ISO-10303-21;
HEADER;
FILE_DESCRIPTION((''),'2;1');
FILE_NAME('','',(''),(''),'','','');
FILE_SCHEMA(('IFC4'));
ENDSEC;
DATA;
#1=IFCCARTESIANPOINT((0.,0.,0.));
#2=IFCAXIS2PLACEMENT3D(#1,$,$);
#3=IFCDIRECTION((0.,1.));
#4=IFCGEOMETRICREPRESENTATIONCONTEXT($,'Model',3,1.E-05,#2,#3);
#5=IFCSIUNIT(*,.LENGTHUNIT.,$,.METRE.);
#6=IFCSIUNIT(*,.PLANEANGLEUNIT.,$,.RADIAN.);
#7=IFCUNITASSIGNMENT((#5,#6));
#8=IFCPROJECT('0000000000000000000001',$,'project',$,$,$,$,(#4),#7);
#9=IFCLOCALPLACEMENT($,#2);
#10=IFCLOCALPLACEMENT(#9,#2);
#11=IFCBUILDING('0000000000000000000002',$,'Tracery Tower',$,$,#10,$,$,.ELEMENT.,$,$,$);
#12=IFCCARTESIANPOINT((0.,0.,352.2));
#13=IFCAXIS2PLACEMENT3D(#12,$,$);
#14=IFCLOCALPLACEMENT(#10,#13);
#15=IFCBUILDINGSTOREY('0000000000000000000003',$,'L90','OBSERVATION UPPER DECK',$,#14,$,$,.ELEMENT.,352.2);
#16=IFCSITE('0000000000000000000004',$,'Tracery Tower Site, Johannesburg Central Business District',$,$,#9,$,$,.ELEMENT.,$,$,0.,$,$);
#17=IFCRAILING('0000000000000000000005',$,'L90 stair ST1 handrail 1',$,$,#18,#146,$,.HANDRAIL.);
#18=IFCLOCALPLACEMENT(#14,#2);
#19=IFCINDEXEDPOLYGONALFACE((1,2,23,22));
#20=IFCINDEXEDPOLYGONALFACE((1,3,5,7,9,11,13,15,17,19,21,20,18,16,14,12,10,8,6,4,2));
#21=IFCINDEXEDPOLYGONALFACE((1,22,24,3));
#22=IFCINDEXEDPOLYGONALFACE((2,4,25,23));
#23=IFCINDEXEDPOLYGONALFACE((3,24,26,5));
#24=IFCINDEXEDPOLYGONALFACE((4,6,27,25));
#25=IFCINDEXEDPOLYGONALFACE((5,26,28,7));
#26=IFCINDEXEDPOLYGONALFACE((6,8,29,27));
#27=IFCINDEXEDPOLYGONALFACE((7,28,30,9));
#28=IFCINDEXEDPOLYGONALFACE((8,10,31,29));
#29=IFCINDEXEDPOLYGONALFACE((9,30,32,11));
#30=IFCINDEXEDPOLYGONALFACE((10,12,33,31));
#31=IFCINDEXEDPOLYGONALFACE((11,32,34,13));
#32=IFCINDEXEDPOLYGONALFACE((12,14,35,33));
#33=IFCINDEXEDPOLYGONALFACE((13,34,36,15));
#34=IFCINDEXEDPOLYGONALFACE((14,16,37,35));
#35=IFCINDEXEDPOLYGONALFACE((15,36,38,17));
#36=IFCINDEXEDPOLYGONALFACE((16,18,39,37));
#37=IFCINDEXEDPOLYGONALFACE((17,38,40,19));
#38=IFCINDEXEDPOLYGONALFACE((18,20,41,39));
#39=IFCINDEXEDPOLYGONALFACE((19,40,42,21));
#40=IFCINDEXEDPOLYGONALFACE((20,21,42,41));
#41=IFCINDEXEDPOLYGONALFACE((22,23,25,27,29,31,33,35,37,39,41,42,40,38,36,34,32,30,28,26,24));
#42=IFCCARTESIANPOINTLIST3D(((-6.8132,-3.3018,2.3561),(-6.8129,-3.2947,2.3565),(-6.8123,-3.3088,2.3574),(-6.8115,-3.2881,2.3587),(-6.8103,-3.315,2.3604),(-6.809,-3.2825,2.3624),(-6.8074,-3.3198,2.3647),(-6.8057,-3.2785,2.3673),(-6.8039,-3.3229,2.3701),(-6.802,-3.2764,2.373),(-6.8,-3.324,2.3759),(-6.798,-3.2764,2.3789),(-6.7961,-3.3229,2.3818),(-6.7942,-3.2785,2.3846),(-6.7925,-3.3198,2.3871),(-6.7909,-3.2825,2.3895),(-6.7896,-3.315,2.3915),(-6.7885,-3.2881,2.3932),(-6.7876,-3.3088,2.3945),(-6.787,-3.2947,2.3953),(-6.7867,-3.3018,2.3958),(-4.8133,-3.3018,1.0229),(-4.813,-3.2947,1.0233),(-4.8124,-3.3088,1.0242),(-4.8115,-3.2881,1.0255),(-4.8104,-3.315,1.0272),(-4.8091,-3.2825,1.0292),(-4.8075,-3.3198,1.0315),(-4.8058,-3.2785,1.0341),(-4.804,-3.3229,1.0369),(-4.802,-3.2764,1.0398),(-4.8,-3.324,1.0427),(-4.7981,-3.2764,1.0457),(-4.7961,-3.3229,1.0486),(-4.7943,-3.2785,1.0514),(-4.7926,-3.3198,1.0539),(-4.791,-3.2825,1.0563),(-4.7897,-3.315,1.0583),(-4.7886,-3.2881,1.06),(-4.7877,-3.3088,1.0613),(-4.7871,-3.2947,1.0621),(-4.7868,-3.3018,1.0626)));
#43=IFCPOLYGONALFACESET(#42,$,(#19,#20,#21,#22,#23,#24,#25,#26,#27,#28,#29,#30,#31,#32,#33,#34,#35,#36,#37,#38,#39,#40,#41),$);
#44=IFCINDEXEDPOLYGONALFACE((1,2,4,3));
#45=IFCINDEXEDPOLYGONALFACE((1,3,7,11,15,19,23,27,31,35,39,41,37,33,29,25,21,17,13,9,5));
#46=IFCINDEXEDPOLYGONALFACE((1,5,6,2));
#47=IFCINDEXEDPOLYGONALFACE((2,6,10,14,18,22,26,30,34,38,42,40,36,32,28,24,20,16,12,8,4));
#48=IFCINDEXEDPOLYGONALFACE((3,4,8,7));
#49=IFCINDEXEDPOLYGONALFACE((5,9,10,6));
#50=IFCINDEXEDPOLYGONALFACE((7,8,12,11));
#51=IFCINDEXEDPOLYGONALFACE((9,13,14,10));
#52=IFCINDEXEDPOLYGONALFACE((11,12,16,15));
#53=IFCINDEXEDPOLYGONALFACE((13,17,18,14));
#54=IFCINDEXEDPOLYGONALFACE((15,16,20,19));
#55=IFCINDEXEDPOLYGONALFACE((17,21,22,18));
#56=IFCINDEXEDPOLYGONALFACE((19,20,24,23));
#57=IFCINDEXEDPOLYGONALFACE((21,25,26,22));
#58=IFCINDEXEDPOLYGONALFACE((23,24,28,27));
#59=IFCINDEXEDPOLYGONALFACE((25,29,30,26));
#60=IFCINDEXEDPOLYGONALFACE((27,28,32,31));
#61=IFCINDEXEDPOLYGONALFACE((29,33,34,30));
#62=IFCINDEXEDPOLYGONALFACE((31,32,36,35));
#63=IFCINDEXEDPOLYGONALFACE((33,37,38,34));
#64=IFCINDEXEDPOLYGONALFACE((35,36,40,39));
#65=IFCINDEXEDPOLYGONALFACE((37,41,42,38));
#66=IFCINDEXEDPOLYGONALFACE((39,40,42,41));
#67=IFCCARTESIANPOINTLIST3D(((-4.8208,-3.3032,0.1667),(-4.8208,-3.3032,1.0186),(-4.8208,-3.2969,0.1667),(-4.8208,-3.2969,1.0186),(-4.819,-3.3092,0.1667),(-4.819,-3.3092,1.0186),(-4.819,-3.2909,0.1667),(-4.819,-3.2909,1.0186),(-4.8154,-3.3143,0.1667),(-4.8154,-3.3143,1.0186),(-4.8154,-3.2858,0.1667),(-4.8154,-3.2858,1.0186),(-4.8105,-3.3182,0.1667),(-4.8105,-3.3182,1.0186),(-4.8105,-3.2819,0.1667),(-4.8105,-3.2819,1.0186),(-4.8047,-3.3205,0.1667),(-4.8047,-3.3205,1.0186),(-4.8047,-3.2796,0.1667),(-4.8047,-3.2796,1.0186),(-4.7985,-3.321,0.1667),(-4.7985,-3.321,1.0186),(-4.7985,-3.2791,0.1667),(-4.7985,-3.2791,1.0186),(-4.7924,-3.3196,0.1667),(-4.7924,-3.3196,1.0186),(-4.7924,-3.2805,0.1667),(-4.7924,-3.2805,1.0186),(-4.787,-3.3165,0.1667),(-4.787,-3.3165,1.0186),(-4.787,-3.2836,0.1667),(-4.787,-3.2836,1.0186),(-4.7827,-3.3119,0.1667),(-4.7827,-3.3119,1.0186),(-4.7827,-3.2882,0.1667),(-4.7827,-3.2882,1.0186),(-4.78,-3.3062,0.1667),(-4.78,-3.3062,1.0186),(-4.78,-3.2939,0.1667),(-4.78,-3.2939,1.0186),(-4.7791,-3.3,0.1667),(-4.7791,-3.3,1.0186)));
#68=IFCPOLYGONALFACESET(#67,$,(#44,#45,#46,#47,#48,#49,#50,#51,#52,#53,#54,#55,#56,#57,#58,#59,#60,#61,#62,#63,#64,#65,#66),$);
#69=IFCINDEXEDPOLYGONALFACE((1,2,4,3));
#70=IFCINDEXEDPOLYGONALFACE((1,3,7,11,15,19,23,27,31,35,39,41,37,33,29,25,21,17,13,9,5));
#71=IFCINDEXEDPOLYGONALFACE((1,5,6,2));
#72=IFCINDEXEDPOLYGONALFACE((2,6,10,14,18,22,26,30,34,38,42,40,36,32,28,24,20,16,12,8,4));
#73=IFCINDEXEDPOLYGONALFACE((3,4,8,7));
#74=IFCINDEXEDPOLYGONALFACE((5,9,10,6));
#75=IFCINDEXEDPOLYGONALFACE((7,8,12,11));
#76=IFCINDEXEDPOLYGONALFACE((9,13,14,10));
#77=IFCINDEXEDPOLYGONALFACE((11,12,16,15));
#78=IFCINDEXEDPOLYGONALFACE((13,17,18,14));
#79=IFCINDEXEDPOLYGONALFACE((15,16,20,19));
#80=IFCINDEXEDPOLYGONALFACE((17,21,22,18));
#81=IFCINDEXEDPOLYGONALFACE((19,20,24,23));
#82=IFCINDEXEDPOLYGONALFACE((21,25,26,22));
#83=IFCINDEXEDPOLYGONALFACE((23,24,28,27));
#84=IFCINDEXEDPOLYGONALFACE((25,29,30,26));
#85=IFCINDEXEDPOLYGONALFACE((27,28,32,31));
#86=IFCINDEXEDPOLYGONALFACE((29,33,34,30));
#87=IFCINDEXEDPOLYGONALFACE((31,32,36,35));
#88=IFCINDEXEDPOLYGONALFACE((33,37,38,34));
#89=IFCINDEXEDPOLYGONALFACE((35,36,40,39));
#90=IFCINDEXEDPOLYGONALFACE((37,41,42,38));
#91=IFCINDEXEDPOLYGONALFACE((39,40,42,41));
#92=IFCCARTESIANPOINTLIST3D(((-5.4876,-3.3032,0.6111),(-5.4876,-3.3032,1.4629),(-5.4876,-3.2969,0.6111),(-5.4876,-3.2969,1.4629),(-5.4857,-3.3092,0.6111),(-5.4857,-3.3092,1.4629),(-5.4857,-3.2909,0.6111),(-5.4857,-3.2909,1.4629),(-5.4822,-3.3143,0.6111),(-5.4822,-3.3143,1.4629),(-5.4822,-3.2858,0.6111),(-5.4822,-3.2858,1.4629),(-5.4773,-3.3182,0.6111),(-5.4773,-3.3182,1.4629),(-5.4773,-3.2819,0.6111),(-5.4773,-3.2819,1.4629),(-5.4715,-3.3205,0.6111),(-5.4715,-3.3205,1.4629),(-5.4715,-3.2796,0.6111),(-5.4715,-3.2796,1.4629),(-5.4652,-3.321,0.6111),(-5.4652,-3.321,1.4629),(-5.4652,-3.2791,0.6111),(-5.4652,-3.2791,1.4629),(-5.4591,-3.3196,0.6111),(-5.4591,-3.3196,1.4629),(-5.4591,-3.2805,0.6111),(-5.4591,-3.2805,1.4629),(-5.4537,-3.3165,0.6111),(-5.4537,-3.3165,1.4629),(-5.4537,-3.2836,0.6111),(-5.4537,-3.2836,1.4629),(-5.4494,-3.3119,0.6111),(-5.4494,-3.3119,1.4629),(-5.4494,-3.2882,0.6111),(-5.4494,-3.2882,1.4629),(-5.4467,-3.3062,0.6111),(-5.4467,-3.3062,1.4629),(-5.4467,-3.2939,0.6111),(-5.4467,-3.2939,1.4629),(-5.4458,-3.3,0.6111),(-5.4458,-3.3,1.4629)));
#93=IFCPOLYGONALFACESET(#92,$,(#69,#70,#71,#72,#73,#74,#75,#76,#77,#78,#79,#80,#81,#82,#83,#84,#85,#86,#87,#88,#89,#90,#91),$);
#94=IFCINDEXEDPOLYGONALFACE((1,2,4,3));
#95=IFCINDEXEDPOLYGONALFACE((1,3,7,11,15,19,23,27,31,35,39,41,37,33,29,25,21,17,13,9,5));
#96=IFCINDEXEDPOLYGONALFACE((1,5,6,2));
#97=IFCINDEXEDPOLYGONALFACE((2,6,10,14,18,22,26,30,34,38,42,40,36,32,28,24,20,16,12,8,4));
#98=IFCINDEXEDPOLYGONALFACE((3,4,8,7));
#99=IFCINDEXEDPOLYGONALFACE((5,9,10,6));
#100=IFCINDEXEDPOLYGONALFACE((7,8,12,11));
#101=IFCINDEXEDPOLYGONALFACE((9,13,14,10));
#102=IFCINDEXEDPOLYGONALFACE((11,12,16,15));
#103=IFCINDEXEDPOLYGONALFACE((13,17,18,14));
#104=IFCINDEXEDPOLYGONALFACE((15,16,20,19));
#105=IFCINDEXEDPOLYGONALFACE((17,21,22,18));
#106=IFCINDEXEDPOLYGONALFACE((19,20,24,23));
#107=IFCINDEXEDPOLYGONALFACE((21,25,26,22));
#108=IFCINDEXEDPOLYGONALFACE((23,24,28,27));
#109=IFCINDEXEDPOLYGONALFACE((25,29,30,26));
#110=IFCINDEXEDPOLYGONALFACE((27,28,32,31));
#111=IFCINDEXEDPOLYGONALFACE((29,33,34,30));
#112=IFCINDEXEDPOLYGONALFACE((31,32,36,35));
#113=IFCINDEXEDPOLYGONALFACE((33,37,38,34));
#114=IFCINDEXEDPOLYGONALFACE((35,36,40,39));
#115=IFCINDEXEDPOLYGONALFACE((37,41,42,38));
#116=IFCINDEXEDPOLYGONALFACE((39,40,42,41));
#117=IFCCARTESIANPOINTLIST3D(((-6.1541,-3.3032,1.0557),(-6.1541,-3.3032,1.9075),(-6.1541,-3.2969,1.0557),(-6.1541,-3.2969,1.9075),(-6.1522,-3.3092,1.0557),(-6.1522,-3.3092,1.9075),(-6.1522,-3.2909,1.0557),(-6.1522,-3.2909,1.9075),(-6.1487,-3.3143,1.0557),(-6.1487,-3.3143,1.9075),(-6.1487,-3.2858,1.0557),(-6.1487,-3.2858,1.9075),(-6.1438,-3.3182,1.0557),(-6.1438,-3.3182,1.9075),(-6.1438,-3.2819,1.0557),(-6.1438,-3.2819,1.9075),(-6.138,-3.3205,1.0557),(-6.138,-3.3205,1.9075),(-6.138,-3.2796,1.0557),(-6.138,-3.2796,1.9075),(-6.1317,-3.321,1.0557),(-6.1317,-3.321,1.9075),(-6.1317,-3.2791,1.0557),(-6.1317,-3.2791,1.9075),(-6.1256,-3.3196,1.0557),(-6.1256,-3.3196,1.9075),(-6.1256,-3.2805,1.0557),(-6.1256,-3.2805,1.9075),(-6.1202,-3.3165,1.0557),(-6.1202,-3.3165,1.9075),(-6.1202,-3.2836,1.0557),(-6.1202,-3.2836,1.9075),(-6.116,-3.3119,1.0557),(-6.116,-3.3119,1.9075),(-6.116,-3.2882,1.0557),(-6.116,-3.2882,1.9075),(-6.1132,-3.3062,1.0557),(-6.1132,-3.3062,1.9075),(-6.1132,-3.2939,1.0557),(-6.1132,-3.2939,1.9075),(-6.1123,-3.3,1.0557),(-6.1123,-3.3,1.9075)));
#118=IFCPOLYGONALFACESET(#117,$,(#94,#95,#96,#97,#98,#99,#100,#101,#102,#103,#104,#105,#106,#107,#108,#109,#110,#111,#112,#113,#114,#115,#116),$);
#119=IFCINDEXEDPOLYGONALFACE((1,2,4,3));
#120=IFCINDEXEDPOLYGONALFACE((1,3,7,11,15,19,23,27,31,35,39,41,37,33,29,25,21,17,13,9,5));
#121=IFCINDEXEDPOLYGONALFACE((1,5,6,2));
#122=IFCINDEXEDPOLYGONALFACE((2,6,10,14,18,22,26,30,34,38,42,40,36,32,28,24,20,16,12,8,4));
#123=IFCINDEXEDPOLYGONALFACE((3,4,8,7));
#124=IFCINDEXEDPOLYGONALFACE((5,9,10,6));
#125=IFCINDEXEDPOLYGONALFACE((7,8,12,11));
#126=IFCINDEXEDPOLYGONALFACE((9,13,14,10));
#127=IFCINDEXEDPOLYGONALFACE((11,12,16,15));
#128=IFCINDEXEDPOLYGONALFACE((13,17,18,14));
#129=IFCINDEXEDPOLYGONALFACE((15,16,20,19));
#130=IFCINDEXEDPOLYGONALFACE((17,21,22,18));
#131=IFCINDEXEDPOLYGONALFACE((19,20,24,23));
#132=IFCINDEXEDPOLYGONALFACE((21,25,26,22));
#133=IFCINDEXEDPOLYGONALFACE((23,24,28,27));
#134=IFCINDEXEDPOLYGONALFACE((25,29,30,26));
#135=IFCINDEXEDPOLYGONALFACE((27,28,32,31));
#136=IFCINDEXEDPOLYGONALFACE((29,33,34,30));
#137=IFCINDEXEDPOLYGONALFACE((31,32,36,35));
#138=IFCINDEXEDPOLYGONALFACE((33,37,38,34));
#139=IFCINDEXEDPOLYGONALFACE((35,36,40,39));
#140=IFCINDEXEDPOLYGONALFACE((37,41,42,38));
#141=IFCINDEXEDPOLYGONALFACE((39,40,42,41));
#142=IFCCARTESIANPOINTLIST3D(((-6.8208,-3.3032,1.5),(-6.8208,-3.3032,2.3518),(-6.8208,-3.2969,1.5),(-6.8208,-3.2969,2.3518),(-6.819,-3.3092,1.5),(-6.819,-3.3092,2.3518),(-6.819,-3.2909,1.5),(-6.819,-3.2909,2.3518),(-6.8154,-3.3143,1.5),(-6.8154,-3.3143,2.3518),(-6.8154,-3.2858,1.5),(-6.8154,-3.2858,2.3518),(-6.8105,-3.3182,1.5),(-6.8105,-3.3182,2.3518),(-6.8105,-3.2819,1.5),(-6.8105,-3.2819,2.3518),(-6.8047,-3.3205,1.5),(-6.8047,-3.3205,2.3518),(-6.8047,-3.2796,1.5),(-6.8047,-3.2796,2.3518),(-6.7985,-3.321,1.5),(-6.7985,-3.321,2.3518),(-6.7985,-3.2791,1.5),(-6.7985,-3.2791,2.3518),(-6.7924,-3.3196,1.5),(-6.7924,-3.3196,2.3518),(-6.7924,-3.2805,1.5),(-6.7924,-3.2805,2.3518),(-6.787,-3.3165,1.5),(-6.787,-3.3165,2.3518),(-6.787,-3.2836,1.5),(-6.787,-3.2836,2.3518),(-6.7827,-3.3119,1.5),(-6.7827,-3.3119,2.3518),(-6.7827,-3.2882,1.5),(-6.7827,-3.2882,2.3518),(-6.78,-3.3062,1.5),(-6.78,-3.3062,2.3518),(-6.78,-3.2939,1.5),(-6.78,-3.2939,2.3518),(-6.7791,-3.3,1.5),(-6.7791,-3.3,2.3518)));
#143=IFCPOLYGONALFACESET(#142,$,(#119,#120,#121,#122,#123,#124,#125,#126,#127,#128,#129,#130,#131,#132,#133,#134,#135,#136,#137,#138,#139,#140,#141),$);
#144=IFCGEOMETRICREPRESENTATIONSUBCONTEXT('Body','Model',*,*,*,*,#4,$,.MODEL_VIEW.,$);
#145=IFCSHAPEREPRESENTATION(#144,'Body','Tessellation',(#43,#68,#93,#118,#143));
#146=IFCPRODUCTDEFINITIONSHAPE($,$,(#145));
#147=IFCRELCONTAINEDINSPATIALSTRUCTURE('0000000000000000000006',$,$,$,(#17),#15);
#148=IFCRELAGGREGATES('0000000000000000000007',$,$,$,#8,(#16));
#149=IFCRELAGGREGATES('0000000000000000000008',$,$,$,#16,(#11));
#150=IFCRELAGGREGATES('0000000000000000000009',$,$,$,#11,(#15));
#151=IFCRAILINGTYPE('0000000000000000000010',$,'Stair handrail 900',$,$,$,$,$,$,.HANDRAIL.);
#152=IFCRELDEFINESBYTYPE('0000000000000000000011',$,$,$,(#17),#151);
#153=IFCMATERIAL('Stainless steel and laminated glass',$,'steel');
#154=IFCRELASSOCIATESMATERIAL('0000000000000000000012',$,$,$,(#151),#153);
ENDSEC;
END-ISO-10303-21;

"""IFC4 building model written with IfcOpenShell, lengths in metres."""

from ifc_helpers import new_model, si_unit, direction, frame, origin, origin_2d, place, context, subcontext, project, spatial, circle, extrude, material, type_object, element, save


model = new_model("IFC4")

# Units and contexts
model_context = context("Model", 3, precision=1e-05, world=origin(), true_north=direction((0.0, 1.0)))
body_context = subcontext(model_context, "Body", "Model", "MODEL_VIEW")
ifc_project = project(units=[si_unit("LENGTHUNIT", "METRE"), si_unit("PLANEANGLEUNIT", "RADIAN")], contexts=[model_context])

# Site, building, storey
site_placement = place(None, origin())
site = spatial("IfcSite", under=ifc_project, at=site_placement, Name="Tracery Tower Site, Johannesburg Central Business District", CompositionType="ELEMENT", RefElevation=0.0)
building_placement = place(site_placement, origin())
building = spatial("IfcBuilding", under=site, at=building_placement, Name="Tracery Tower", CompositionType="ELEMENT")
storey_placement = place(building_placement, frame((0.0, 0.0, 352.2)))
storey = spatial("IfcBuildingStorey", under=building, at=storey_placement, Name="L90", Description="OBSERVATION UPPER DECK", CompositionType="ELEMENT", Elevation=352.2)

# Railing
ifc_material_1 = material(Name="Stainless steel and laminated glass", Category="steel")
railing_type_1 = type_object("IfcRailingType", Name="Stair handrail 900", PredefinedType="HANDRAIL", material=ifc_material_1)
for number, where, name in (
    (1, (-4.8, -3.3, 0.1667), "L90 stair ST1 handrail 1"),
):
    element("IfcRailing", number, at=place(storey_placement, frame(where)), inside=storey, type_object=railing_type_1, Name=name, PredefinedType="HANDRAIL", context=body_context, shape_type="SweptSolid", body=[
        extrude(circle(Radius=0.0239, at=origin_2d()), frame((0.0, 0.0, 0.876), z_axis=(-0.832066, 0.0, 0.554677), x_axis=(0.0, -1.0, 0.0)), (0.0, 0.0, 1.0), 2.4036),
        extrude(circle(Radius=0.021, at=origin_2d()), origin(), (0.0, 0.0, 1.0), 0.8518),
        extrude(circle(Radius=0.021, at=origin_2d()), frame((-0.6667, 0.0, 0.4443)), (0.0, 0.0, 1.0), 0.8518),
        extrude(circle(Radius=0.021, at=origin_2d()), frame((-1.3333, 0.0, 0.8889)), (0.0, 0.0, 1.0), 0.8518),
        extrude(circle(Radius=0.021, at=origin_2d()), frame((-2.0, 0.0, 1.3333)), (0.0, 0.0, 1.0), 0.8518),
    ])

save(model, "model.ifc")
